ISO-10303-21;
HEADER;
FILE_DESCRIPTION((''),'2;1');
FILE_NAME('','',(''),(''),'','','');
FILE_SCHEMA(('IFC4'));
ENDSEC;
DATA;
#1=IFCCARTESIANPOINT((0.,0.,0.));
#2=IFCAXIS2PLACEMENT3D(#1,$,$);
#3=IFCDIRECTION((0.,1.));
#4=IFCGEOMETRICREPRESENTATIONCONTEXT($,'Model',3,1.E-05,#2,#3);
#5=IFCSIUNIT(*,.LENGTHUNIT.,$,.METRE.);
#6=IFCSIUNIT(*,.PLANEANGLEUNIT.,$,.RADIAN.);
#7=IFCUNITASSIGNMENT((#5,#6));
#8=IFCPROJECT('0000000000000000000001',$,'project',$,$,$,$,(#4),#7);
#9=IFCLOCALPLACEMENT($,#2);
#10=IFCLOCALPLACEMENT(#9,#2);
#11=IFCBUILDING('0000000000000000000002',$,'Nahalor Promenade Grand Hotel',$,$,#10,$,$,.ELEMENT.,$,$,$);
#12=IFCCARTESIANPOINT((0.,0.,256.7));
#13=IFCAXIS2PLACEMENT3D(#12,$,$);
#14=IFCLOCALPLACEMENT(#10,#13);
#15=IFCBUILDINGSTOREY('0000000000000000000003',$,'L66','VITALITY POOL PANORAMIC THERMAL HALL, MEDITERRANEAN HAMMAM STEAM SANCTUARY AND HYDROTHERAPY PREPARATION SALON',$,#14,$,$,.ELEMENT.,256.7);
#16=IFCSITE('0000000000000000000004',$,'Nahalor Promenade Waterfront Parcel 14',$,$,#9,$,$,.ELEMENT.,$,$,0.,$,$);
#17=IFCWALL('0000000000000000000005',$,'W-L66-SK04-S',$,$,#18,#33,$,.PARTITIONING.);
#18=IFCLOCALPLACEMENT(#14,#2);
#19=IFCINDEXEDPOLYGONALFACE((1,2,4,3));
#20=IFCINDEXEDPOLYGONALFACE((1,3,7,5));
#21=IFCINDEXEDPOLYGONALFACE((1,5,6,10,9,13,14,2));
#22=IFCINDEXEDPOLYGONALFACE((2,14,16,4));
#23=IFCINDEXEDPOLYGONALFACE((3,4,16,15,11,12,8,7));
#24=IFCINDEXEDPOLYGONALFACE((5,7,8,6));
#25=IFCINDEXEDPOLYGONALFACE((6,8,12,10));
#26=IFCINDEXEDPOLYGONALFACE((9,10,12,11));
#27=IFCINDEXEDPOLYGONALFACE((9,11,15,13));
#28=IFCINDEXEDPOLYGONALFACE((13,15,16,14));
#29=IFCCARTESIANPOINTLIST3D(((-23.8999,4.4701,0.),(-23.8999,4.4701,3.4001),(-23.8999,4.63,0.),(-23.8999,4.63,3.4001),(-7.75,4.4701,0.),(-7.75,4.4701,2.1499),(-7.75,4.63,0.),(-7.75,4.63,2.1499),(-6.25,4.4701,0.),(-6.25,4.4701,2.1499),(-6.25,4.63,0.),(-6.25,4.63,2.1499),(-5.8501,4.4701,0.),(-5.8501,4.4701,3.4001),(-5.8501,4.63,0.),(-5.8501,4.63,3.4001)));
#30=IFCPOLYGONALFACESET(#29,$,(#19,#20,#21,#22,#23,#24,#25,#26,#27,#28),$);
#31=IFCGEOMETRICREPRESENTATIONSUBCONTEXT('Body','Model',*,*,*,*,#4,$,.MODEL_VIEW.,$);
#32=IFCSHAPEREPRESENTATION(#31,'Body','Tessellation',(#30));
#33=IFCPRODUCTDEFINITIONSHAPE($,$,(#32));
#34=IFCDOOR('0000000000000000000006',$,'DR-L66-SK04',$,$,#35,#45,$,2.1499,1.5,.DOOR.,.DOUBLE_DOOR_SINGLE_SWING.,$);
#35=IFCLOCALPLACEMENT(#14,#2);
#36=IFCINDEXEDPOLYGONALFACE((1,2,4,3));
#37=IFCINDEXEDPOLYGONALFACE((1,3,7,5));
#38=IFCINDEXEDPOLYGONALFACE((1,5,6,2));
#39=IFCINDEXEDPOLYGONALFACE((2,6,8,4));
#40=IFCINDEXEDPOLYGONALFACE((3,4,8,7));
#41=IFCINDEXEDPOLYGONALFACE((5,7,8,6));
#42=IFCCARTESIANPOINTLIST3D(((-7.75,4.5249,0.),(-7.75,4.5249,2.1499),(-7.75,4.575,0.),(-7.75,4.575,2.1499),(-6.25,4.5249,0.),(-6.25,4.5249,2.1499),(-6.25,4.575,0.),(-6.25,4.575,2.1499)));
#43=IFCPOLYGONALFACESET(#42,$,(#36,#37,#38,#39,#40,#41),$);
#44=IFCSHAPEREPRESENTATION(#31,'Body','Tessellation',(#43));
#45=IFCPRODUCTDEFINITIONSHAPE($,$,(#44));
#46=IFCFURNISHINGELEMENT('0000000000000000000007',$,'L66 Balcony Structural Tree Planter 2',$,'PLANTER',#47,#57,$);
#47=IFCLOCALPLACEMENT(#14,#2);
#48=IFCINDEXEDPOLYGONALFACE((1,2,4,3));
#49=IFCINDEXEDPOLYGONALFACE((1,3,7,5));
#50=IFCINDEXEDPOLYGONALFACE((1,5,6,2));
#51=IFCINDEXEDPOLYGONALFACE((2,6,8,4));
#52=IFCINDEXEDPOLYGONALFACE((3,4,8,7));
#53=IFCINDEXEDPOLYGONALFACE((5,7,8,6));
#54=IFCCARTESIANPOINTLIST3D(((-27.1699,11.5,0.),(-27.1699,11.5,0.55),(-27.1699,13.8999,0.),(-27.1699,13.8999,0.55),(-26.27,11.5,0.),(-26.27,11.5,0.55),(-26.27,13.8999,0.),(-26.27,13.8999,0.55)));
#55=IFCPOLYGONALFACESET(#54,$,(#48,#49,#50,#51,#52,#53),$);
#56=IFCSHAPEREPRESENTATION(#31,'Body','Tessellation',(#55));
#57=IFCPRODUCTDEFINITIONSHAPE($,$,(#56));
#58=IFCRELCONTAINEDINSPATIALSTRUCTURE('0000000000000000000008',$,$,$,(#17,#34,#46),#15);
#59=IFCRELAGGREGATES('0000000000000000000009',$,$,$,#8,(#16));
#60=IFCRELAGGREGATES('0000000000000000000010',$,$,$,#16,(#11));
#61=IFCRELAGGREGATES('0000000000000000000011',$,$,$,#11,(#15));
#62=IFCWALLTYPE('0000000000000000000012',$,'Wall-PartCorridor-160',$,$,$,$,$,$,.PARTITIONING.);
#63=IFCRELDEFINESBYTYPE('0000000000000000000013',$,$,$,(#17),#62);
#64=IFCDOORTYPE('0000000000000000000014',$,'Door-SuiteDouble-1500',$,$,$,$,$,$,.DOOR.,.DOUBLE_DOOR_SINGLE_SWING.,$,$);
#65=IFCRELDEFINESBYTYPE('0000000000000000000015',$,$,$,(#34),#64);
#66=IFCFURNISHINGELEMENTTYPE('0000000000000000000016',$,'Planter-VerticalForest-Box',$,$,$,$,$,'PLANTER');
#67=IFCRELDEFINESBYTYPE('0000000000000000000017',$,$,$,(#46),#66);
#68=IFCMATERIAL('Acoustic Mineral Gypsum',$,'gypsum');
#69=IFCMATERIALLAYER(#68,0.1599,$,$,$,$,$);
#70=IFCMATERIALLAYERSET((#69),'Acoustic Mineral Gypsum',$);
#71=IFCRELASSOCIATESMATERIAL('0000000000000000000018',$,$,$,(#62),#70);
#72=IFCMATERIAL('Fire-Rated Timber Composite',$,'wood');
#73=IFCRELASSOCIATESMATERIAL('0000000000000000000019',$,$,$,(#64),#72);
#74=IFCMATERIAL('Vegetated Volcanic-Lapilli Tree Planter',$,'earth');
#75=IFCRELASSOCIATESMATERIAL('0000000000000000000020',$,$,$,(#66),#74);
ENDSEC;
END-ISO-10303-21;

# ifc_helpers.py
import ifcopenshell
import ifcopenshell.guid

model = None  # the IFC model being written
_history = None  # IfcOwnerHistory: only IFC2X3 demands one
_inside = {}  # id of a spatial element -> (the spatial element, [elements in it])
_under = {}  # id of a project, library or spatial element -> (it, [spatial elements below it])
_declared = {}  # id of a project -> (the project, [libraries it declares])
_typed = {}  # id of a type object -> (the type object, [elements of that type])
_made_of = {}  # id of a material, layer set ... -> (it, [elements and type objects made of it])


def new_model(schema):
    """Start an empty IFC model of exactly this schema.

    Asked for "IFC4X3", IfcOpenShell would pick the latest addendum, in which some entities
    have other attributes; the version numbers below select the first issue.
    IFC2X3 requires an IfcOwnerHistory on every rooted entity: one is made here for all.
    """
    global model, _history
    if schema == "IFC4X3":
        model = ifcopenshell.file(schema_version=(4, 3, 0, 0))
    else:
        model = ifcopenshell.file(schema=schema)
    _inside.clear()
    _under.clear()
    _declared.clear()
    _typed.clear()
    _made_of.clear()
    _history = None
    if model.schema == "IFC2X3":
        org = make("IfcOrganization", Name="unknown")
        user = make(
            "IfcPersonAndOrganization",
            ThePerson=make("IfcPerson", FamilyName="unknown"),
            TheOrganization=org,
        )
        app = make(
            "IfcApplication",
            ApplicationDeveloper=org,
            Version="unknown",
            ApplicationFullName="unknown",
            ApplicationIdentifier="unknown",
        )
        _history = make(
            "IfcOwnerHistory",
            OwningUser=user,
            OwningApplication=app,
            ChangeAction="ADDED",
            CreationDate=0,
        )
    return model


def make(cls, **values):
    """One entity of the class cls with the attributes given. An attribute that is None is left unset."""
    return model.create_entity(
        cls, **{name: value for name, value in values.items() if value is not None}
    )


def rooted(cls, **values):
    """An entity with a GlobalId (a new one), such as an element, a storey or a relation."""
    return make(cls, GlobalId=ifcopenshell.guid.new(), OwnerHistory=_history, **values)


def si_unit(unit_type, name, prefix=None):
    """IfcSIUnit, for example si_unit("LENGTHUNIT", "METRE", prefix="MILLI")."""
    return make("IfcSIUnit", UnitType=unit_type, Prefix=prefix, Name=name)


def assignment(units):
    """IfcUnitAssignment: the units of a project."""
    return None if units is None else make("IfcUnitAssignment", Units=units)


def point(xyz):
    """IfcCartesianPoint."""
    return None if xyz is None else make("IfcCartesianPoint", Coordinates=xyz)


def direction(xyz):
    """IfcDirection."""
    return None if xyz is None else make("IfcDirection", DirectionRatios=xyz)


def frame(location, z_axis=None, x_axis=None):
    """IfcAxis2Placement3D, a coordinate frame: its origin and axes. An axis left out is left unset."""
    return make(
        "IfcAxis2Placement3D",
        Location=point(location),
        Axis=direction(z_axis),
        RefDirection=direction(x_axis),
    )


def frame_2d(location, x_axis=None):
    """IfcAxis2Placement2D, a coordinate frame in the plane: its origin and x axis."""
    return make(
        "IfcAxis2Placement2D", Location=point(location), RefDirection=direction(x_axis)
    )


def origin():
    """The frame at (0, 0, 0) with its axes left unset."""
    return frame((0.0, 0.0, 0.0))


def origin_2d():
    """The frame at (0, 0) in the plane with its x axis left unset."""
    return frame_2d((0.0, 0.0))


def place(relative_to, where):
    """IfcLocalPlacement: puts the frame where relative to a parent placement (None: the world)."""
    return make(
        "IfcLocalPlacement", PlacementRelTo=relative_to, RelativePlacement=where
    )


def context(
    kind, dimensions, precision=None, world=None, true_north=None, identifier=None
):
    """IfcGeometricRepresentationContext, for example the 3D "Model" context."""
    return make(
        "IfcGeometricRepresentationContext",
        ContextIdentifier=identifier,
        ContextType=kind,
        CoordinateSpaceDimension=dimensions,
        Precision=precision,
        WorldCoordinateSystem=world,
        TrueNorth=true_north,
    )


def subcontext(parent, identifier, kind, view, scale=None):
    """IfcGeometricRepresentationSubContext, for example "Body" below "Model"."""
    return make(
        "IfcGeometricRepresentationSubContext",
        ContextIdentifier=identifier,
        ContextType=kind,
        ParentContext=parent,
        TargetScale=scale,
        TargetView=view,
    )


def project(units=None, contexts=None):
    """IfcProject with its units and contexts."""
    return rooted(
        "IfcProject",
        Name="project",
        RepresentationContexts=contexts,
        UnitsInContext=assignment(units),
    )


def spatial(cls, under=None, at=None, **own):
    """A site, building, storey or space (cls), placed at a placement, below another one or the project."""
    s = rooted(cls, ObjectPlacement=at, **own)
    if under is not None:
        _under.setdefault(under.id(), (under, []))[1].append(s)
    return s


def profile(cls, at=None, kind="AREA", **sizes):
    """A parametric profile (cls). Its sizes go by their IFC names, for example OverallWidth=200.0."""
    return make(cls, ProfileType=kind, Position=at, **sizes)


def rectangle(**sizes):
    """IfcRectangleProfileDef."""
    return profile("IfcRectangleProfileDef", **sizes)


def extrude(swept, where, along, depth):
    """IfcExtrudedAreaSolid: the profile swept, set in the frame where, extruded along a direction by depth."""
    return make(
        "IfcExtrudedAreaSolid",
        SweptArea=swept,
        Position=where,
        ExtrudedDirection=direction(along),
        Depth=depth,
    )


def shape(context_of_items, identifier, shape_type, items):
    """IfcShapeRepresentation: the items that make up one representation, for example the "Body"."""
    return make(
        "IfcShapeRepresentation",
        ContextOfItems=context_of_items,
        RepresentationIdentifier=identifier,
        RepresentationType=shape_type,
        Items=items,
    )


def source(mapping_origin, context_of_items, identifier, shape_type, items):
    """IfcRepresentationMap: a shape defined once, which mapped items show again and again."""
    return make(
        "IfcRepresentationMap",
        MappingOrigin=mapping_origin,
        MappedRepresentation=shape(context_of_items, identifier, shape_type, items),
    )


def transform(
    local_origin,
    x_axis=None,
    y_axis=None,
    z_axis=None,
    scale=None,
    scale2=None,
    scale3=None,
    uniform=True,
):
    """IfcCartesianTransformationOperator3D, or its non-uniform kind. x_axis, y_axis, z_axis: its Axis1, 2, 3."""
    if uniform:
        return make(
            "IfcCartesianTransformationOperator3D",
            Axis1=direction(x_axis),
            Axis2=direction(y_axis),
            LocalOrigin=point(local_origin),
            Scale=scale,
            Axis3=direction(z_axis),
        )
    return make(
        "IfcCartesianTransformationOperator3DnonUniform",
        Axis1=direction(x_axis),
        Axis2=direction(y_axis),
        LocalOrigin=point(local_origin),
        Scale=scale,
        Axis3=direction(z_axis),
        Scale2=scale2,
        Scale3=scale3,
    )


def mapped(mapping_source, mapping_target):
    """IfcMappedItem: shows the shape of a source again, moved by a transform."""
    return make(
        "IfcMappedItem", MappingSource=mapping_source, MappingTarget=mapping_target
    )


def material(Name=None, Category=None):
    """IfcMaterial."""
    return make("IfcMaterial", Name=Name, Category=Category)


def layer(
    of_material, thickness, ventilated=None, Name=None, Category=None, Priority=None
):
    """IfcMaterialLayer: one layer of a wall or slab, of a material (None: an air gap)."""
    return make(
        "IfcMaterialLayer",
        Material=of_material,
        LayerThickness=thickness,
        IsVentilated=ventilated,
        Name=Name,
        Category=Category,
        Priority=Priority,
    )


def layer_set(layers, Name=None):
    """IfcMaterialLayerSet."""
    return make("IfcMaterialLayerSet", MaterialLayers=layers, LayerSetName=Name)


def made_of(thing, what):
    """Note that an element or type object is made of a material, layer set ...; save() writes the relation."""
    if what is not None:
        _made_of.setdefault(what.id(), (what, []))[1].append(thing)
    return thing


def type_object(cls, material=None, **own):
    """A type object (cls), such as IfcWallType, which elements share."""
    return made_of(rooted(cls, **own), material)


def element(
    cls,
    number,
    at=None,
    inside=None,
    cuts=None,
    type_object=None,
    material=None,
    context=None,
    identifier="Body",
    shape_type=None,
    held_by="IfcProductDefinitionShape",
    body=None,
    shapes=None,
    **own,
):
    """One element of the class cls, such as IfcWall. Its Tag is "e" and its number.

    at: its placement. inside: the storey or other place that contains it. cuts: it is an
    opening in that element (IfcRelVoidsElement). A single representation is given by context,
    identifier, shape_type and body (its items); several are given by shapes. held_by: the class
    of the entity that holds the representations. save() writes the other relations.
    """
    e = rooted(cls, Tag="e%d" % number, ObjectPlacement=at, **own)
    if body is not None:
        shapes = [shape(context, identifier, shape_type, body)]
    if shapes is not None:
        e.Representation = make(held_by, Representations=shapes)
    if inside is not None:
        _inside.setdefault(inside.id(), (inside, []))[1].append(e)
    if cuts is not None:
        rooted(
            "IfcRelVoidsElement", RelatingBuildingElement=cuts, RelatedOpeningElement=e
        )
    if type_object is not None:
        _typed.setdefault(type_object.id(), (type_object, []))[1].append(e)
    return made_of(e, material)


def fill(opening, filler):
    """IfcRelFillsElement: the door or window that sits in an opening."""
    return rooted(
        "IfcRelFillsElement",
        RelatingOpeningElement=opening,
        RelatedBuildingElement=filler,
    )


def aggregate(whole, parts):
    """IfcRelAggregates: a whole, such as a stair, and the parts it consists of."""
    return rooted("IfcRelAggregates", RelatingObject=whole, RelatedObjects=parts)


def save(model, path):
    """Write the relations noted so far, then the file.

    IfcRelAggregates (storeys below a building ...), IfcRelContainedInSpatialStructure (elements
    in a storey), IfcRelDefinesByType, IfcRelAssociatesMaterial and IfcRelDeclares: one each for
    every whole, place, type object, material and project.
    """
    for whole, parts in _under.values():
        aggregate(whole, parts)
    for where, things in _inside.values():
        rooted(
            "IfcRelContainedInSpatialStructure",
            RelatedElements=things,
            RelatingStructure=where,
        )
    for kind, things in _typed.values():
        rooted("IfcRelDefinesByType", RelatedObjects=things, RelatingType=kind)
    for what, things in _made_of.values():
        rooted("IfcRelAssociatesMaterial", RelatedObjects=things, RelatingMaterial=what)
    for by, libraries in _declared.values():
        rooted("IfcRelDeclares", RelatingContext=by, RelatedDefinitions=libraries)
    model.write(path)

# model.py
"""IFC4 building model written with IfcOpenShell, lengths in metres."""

from ifc_helpers import new_model, si_unit, direction, frame, frame_2d, origin, origin_2d, place, context, subcontext, project, spatial, rectangle, extrude, source, transform, mapped, material, layer, layer_set, type_object, element, fill, save


model = new_model("IFC4")

# Units and contexts
model_context = context("Model", 3, precision=1e-05, world=origin(), true_north=direction((0.0, 1.0)))
body_context = subcontext(model_context, "Body", "Model", "MODEL_VIEW")
ifc_project = project(units=[si_unit("LENGTHUNIT", "METRE"), si_unit("PLANEANGLEUNIT", "RADIAN")], contexts=[model_context])

# Site, building, storey
site_placement = place(None, origin())
site = spatial("IfcSite", under=ifc_project, at=site_placement, Name="Nahalor Promenade Waterfront Parcel 14", CompositionType="ELEMENT", RefElevation=0.0)
building_placement = place(site_placement, origin())
building = spatial("IfcBuilding", under=site, at=building_placement, Name="Nahalor Promenade Grand Hotel", CompositionType="ELEMENT")
storey_placement = place(building_placement, frame((0.0, 0.0, 256.7)))
storey = spatial("IfcBuildingStorey", under=building, at=storey_placement, Name="L66", Description="VITALITY POOL PANORAMIC THERMAL HALL, MEDITERRANEAN HAMMAM STEAM SANCTUARY AND HYDROTHERAPY PREPARATION SALON", CompositionType="ELEMENT", Elevation=256.7)

# Shared definitions
ifc_material_1 = material(Name="Acoustic Mineral Gypsum", Category="gypsum")
ifc_layer_1 = layer(ifc_material_1, 0.1599)
ifc_layer_set_1 = layer_set([ifc_layer_1], Name="Acoustic Mineral Gypsum")
wall_type_1 = type_object("IfcWallType", Name="Wall-PartCorridor-160", PredefinedType="PARTITIONING", material=ifc_layer_set_1)
shared_shape_1 = source(origin(), body_context, "Body", "SweptSolid", [
    extrude(rectangle(XDim=18.0498, YDim=0.1599, at=frame_2d((9.0249, 0.0))), origin(), (0.0, 0.0, 1.0), 3.4001),
])

# Wall, opening, door
ifc_material_2 = material(Name="Fire-Rated Timber Composite", Category="wood")
door_type_1 = type_object("IfcDoorType", Name="Door-SuiteDouble-1500", OperationType="DOUBLE_DOOR_SINGLE_SWING", PredefinedType="DOOR", material=ifc_material_2)
shared_shape_2 = source(origin(), body_context, "Body", "SweptSolid", [
    extrude(rectangle(XDim=1.5, YDim=2.1499, at=frame_2d((0.75, 1.075))), frame((0.0, 0.0249, 0.0), z_axis=(0.0, -1.0, 0.0), x_axis=(1.0, 0.0, 0.0)), (0.0, 0.0, 1.0), 0.05),
])
wall_1_placement = place(storey_placement, frame((-23.8999, 4.55, 0.0), z_axis=(0.0, 0.0, 1.0), x_axis=(1.0, 0.0, 0.0)))
wall_1 = element("IfcWall", 1, at=wall_1_placement, inside=storey, type_object=wall_type_1, Name="W-L66-SK04-S", PredefinedType="PARTITIONING", context=body_context, shape_type="MappedRepresentation", body=[
    mapped(shared_shape_1, transform((0.0, 0.0, 0.0), scale=1.0)),
])
opening_1_placement = place(wall_1_placement, frame((16.1499, 0.0, 0.0)))
opening_1 = element("IfcOpeningElement", 2, at=opening_1_placement, cuts=wall_1, PredefinedType="OPENING", context=body_context, shape_type="SweptSolid", body=[
    extrude(rectangle(XDim=1.5, YDim=2.1499, at=frame_2d((0.75, 1.075))), frame((0.0, 0.0898, 0.0), z_axis=(0.0, -1.0, 0.0), x_axis=(1.0, 0.0, 0.0)), (0.0, 0.0, 1.0), 0.1799),
])
door_1_placement = place(opening_1_placement, origin())
door_1 = element("IfcDoor", 3, at=door_1_placement, inside=storey, type_object=door_type_1, Name="DR-L66-SK04", OperationType="DOUBLE_DOOR_SINGLE_SWING", OverallHeight=2.1499, OverallWidth=1.5, PredefinedType="DOOR", context=body_context, shape_type="MappedRepresentation", body=[
    mapped(shared_shape_2, transform((0.0, 0.0, 0.0), scale=1.0)),
])
fill(opening_1, door_1)

# Furnishing element
ifc_material_3 = material(Name="Vegetated Volcanic-Lapilli Tree Planter", Category="earth")
furnishing_element_type = type_object("IfcFurnishingElementType", Name="Planter-VerticalForest-Box", ElementType="PLANTER", material=ifc_material_3)
shared_shape_3 = source(origin(), body_context, "Body", "SweptSolid", [
    extrude(rectangle(XDim=2.3999, YDim=0.8999, at=origin_2d()), origin(), (0.0, 0.0, 1.0), 0.55),
])
furnishing_placement = place(storey_placement, frame((-26.72, 12.7, 0.0), z_axis=(0.0, 0.0, 1.0), x_axis=(0.0, 1.0, 0.0)))
element("IfcFurnishingElement", 4, at=furnishing_placement, inside=storey, type_object=furnishing_element_type, Name="L66 Balcony Structural Tree Planter 2", ObjectType="PLANTER", context=body_context, shape_type="MappedRepresentation", body=[
    mapped(shared_shape_3, transform((0.0, 0.0, 0.0), scale=1.0)),
])

save(model, "model.ifc")
